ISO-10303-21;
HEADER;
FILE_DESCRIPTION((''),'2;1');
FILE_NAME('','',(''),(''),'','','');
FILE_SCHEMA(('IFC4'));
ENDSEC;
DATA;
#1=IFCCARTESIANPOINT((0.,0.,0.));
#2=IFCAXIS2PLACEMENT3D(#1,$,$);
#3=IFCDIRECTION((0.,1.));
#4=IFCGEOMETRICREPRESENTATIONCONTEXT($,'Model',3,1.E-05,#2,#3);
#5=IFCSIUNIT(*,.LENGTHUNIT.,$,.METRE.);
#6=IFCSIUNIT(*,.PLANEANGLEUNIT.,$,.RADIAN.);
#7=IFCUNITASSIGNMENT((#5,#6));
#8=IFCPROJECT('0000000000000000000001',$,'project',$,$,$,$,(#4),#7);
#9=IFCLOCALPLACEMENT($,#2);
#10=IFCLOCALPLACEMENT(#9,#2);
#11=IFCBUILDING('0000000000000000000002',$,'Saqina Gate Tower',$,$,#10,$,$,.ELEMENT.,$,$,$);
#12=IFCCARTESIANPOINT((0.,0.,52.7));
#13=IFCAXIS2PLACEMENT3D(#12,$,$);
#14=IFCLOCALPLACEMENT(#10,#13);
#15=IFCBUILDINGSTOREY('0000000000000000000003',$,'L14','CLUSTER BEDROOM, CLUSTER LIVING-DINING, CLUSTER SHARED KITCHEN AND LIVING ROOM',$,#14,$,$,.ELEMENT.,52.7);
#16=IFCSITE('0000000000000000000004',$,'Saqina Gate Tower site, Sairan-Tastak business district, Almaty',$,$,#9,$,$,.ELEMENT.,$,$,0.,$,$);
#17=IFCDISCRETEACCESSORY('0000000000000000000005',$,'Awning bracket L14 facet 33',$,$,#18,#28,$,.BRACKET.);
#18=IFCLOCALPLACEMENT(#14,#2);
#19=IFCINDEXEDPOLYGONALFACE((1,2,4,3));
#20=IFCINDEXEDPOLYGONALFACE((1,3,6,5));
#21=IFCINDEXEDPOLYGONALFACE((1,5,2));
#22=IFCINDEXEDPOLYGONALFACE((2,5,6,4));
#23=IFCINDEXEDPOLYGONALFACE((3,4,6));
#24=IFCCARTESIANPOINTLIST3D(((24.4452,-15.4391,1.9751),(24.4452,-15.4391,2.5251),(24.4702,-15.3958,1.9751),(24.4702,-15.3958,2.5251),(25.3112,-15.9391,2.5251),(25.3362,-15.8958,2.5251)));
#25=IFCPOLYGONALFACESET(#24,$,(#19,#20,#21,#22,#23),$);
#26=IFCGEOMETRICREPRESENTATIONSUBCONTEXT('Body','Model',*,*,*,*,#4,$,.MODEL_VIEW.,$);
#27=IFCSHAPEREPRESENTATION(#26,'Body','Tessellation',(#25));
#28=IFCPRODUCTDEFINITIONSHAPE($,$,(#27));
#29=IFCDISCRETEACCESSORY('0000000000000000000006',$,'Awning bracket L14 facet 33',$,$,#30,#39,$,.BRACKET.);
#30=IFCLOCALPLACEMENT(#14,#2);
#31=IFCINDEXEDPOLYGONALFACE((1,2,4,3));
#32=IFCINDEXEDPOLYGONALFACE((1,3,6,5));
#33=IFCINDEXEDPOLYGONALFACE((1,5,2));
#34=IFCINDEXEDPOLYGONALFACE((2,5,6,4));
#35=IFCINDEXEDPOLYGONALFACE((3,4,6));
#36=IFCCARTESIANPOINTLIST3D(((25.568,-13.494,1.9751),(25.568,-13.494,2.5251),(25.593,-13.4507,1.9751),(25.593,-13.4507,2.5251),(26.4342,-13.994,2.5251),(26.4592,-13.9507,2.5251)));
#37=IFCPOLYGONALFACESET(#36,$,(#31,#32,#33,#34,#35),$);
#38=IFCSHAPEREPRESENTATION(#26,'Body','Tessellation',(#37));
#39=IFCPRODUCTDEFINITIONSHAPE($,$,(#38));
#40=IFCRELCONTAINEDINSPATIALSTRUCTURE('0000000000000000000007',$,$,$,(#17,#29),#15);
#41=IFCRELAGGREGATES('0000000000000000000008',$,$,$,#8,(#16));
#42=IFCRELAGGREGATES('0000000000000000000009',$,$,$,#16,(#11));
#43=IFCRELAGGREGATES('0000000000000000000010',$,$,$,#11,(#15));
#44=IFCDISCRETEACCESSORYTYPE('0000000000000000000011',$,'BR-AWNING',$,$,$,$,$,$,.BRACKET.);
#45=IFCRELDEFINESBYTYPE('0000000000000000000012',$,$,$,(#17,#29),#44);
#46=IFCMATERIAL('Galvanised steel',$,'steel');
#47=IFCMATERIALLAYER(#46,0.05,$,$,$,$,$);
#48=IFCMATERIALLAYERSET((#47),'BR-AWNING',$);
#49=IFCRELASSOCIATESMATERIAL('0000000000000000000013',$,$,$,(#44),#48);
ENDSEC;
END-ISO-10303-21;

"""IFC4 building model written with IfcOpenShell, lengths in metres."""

from ifc_helpers import new_model, si_unit, direction, frame, origin, place, context, subcontext, project, spatial, polyline, outline, extrude, material, layer, layer_set, type_object, element, save


model = new_model("IFC4")

# Units and contexts
model_context = context("Model", 3, precision=1e-05, world=origin(), true_north=direction((0.0, 1.0)))
body_context = subcontext(model_context, "Body", "Model", "MODEL_VIEW")
ifc_project = project(units=[si_unit("LENGTHUNIT", "METRE"), si_unit("PLANEANGLEUNIT", "RADIAN")], contexts=[model_context])

# Site, building, storey
site_placement = place(None, origin())
site = spatial("IfcSite", under=ifc_project, at=site_placement, Name="Saqina Gate Tower site, Sairan-Tastak business district, Almaty", CompositionType="ELEMENT", RefElevation=0.0)
building_placement = place(site_placement, origin())
building = spatial("IfcBuilding", under=site, at=building_placement, Name="Saqina Gate Tower", CompositionType="ELEMENT")
storey_placement = place(building_placement, frame((0.0, 0.0, 52.7)))
storey = spatial("IfcBuildingStorey", under=building, at=storey_placement, Name="L14", Description="CLUSTER BEDROOM, CLUSTER LIVING-DINING, CLUSTER SHARED KITCHEN AND LIVING ROOM", CompositionType="ELEMENT", Elevation=52.7)

# Discrete accessories
ifc_material_1 = material(Name="Galvanised steel", Category="steel")
ifc_layer_1 = layer(ifc_material_1, 0.05)
ifc_layer_set_1 = layer_set([ifc_layer_1], Name="BR-AWNING")
discrete_accessory_type = type_object("IfcDiscreteAccessoryType", Name="BR-AWNING", PredefinedType="BRACKET", material=ifc_layer_set_1)
discrete_accessory_1_placement = place(storey_placement, frame((24.4702, -15.3958, 1.9751), z_axis=(0.500025, 0.866011, 0.0), x_axis=(0.0, 0.0, 1.0)))
element("IfcDiscreteAccessory", 1, at=discrete_accessory_1_placement, inside=storey, type_object=discrete_accessory_type, Name="Awning bracket L14 facet 33", PredefinedType="BRACKET", context=body_context, shape_type="SweptSolid", body=[
    extrude(outline(polyline([(0.0, 0.0), (0.55, 0.0), (0.55, 0.9999), (0.0, 0.0)])), origin(), (0.0, 0.0, -1.0), 0.05),
])
discrete_accessory_2_placement = place(storey_placement, frame((25.593, -13.4507, 1.9751), z_axis=(0.49992, 0.866072, 0.0), x_axis=(0.0, 0.0, 1.0)))
element("IfcDiscreteAccessory", 2, at=discrete_accessory_2_placement, inside=storey, type_object=discrete_accessory_type, Name="Awning bracket L14 facet 33", PredefinedType="BRACKET", context=body_context, shape_type="SweptSolid", body=[
    extrude(outline(polyline([(0.0, 0.0), (0.55, 0.0), (0.55, 1.0002), (0.0, 0.0)])), origin(), (0.0, 0.0, -1.0), 0.05),
])

save(model, "model.ifc")
